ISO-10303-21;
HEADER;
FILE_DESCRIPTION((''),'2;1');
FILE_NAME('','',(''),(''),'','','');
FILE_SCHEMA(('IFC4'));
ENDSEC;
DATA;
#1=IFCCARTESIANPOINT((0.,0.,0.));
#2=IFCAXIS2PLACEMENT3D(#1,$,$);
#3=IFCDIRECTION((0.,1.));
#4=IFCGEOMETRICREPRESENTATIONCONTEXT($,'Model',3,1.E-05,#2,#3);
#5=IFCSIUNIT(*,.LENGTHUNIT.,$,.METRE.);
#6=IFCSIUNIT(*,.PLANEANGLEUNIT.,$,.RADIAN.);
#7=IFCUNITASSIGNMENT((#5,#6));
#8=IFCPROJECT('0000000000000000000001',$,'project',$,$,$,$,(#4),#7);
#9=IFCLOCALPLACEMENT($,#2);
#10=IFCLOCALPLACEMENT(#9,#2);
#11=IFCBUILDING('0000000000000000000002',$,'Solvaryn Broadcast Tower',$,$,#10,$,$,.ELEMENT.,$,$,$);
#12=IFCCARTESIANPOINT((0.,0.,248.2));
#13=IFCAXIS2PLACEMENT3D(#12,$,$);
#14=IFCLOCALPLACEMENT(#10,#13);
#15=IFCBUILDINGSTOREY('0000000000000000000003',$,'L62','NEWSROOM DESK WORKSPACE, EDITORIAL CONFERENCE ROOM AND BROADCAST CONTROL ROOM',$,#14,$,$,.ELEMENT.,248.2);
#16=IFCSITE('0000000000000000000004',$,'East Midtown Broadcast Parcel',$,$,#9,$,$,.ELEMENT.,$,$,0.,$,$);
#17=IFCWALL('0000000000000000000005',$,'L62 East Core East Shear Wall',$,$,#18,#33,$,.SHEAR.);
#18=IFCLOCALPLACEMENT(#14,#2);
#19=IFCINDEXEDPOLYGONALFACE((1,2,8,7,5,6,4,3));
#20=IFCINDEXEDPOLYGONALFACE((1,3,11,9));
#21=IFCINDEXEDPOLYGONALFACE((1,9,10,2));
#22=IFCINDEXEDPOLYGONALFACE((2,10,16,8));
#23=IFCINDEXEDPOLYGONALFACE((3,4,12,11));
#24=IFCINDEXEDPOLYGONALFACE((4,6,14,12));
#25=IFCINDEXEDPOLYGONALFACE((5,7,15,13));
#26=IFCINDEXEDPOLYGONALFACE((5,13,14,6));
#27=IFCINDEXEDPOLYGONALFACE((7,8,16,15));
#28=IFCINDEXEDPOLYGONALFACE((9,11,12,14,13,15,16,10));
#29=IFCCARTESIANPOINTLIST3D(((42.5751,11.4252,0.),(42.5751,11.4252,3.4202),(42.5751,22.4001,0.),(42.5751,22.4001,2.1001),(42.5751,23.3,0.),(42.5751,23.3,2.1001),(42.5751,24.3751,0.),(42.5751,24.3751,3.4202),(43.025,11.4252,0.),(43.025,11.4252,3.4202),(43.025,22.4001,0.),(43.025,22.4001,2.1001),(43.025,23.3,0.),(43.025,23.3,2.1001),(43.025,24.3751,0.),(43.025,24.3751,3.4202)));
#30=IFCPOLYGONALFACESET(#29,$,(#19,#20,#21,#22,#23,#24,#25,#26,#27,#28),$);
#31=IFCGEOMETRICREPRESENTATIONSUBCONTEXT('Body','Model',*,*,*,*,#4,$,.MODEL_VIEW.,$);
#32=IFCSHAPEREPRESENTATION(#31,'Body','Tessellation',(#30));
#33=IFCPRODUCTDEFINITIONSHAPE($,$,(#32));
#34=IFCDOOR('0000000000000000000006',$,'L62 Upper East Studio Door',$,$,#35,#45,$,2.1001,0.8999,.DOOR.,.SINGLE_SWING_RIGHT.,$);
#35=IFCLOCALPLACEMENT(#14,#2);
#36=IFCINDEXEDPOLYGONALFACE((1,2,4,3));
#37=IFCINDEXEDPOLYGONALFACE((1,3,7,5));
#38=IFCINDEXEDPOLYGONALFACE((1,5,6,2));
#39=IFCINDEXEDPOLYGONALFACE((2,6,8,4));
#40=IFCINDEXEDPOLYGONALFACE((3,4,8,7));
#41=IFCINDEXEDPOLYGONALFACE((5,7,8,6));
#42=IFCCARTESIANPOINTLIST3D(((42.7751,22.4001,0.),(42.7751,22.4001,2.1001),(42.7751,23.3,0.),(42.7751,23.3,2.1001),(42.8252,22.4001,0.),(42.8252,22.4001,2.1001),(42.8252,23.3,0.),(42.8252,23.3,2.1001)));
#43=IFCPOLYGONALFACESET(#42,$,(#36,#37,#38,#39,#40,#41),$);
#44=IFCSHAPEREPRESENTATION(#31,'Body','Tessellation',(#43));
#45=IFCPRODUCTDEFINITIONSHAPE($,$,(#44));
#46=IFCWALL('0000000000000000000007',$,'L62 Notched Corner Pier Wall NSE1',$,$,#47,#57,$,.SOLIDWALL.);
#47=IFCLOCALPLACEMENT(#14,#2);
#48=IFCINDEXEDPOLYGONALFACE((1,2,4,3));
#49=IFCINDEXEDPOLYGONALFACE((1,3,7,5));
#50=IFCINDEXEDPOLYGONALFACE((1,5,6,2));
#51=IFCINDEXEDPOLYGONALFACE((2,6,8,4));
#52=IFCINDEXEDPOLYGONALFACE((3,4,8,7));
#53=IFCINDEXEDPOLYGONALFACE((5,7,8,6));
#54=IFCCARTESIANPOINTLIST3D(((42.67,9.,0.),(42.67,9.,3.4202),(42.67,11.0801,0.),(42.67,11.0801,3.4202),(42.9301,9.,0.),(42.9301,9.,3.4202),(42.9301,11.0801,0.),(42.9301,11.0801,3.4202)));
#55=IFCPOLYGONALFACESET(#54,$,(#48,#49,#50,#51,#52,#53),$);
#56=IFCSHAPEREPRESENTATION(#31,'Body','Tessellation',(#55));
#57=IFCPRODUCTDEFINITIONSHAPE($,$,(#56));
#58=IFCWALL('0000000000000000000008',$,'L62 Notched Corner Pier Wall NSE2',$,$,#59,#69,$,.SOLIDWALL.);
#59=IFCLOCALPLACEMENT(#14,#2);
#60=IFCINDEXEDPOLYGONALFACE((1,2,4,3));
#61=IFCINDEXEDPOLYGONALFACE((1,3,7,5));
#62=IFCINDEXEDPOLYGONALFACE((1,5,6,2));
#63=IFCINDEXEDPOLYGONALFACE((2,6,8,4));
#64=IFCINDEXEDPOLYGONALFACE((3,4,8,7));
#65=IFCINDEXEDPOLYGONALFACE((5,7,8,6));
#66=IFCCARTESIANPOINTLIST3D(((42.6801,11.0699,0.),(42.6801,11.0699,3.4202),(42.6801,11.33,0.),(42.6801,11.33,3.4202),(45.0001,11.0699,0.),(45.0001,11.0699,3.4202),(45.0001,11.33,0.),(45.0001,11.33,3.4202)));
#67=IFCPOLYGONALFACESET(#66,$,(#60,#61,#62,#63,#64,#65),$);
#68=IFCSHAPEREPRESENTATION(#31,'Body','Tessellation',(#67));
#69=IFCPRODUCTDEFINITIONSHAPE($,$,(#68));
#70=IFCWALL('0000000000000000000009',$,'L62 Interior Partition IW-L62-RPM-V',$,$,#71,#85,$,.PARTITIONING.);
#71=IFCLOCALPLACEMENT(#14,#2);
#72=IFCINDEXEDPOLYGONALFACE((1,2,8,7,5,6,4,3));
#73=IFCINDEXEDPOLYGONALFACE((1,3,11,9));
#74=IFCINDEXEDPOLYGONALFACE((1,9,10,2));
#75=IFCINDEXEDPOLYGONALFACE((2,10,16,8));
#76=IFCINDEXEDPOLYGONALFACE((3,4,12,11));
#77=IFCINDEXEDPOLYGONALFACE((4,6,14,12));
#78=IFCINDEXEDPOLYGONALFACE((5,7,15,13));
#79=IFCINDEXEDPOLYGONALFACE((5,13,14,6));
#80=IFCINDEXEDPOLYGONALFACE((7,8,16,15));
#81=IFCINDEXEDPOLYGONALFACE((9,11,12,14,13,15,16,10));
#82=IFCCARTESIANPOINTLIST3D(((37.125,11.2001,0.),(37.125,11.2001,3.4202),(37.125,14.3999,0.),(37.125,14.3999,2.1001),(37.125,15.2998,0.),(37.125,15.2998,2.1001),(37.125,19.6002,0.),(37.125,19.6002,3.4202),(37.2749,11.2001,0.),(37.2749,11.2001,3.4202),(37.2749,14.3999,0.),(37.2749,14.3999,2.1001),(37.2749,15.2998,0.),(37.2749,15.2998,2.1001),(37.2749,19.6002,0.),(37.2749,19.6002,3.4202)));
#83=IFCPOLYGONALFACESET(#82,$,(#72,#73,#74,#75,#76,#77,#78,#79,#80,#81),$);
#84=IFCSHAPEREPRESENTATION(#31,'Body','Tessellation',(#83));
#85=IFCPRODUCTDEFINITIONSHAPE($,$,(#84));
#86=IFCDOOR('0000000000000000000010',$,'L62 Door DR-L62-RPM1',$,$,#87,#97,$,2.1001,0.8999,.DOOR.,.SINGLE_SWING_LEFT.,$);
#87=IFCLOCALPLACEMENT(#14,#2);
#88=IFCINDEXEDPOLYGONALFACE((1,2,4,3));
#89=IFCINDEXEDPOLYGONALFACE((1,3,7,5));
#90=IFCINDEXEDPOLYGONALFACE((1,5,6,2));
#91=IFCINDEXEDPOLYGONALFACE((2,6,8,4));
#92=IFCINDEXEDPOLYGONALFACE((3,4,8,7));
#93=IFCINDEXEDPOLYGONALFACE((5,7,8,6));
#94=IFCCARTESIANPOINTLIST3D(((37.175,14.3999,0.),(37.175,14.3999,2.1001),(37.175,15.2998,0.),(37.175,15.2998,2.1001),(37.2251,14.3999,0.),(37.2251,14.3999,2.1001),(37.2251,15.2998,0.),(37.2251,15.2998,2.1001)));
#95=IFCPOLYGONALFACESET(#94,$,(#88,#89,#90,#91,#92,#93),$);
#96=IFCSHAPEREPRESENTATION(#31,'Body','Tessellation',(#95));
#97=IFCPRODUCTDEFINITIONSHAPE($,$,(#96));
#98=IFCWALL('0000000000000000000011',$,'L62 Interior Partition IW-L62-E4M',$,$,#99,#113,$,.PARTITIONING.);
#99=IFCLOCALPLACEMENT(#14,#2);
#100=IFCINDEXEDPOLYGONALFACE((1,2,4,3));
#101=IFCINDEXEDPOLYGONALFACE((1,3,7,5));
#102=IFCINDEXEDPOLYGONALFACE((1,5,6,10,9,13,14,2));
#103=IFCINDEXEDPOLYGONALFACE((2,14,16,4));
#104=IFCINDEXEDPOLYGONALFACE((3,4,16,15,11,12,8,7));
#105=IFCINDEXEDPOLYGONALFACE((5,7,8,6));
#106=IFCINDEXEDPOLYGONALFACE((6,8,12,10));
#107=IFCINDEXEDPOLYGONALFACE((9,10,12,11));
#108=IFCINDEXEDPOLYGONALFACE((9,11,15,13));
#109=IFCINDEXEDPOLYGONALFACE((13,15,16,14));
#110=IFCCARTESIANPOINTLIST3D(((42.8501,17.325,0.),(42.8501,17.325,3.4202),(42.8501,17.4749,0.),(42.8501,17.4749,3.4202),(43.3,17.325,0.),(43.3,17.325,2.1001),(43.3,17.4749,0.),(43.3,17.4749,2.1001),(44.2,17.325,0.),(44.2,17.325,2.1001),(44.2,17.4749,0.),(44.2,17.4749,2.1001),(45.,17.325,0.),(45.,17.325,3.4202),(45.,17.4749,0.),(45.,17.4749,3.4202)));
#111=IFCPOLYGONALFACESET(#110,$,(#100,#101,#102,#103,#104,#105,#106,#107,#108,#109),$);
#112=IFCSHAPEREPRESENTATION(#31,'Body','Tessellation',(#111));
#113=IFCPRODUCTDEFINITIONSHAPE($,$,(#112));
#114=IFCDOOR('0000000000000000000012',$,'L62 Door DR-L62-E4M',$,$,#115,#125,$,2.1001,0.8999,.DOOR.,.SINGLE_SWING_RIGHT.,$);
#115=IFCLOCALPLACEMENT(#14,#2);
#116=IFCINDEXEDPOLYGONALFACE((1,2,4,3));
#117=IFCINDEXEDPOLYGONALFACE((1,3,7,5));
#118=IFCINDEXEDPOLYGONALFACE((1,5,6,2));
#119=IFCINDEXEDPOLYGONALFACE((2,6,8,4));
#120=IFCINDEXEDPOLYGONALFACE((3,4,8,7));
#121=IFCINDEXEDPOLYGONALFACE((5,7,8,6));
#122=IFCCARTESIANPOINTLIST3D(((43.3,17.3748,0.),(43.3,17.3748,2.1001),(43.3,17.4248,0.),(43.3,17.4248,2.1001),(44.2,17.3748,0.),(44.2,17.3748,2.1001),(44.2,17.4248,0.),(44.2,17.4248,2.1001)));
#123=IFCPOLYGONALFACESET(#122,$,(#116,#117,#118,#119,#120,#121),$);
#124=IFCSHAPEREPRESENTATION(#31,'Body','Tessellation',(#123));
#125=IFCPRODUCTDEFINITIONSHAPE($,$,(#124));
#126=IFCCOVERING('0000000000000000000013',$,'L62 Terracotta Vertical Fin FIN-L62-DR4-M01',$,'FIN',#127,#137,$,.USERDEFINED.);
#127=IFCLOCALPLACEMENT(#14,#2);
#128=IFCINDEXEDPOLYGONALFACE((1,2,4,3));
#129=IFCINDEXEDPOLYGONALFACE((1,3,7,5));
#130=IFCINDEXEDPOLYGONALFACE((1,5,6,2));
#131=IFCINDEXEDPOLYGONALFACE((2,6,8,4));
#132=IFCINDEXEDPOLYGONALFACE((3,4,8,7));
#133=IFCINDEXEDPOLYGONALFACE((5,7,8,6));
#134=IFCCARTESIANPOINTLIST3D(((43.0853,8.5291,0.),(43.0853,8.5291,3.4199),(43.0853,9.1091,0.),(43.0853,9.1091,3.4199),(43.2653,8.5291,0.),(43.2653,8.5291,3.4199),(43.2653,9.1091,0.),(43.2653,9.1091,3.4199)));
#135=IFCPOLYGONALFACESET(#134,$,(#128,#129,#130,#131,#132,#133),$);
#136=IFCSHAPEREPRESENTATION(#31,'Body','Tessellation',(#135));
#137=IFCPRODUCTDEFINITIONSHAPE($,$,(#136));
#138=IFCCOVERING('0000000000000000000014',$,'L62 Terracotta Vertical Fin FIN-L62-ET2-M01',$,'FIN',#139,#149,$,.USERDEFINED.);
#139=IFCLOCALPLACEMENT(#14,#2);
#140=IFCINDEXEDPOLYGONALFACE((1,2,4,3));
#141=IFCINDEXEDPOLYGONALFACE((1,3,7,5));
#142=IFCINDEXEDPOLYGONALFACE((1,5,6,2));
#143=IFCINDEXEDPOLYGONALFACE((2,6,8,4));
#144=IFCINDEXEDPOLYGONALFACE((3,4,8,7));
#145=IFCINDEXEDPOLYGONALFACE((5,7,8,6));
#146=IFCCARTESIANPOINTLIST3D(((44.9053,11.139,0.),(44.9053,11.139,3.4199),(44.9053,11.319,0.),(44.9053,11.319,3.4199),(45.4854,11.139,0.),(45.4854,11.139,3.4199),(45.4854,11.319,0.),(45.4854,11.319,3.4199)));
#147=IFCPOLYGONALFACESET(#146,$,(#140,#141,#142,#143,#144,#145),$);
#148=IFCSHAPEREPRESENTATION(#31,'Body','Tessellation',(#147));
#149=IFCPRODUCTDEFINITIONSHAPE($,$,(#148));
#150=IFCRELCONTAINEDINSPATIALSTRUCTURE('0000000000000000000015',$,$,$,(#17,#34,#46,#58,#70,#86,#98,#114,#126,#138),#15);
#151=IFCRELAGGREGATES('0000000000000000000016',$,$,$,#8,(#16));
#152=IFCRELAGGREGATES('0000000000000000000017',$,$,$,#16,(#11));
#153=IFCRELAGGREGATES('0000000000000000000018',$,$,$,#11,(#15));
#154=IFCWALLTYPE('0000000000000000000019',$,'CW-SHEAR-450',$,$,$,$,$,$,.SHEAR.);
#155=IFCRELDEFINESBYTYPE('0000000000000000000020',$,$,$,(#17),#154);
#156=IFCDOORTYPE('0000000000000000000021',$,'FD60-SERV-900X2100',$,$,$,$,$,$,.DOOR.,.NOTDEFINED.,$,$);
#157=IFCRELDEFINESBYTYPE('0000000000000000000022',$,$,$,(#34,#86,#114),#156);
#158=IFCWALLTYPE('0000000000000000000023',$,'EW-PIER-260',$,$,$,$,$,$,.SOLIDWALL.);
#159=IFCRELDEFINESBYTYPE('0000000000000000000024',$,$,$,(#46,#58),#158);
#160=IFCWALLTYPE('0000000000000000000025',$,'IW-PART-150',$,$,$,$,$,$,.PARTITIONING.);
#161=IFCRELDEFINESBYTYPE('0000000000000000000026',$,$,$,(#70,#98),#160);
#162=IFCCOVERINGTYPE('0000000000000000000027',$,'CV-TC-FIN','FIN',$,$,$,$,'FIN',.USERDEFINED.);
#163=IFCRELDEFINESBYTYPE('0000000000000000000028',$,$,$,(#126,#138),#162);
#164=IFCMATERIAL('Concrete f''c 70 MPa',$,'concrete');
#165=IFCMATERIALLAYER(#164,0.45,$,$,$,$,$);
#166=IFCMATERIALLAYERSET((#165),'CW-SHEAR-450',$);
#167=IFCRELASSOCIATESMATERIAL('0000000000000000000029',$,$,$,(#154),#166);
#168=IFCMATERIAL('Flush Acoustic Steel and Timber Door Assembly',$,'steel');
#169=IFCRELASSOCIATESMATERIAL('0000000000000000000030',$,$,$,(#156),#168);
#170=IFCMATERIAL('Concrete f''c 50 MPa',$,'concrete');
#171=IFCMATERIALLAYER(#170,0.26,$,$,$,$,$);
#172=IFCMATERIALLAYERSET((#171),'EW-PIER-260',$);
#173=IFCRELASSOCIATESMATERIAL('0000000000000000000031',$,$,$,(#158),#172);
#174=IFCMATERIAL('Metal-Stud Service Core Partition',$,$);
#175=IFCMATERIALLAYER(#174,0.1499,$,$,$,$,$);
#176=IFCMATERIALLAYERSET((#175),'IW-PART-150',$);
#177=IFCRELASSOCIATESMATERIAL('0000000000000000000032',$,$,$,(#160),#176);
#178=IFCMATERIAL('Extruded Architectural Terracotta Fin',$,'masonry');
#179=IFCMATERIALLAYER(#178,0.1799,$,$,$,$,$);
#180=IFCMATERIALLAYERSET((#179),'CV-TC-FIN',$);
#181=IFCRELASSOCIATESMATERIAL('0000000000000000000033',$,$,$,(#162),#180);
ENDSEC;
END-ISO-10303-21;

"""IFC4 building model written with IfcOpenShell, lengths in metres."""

from ifc_helpers import new_model, si_unit, direction, frame, frame_2d, origin, origin_2d, place, context, subcontext, project, spatial, rectangle, extrude, material, layer, layer_set, type_object, element, fill, save


model = new_model("IFC4")

# Units and contexts
model_context = context("Model", 3, precision=1e-05, world=origin(), true_north=direction((0.0, 1.0)))
body_context = subcontext(model_context, "Body", "Model", "MODEL_VIEW")
ifc_project = project(units=[si_unit("LENGTHUNIT", "METRE"), si_unit("PLANEANGLEUNIT", "RADIAN")], contexts=[model_context])

# Site, building, storey
site_placement = place(None, origin())
site = spatial("IfcSite", under=ifc_project, at=site_placement, Name="East Midtown Broadcast Parcel", CompositionType="ELEMENT", RefElevation=0.0)
building_placement = place(site_placement, origin())
building = spatial("IfcBuilding", under=site, at=building_placement, Name="Solvaryn Broadcast Tower", CompositionType="ELEMENT")
storey_placement = place(building_placement, frame((0.0, 0.0, 248.2)))
storey = spatial("IfcBuildingStorey", under=building, at=storey_placement, Name="L62", Description="NEWSROOM DESK WORKSPACE, EDITORIAL CONFERENCE ROOM AND BROADCAST CONTROL ROOM", CompositionType="ELEMENT", Elevation=248.2)

# Wall, opening, door
ifc_material_1 = material(Name="Concrete f'c 70 MPa", Category="concrete")
ifc_layer_1 = layer(ifc_material_1, 0.45)
ifc_layer_set_1 = layer_set([ifc_layer_1], Name="CW-SHEAR-450")
wall_type_1 = type_object("IfcWallType", Name="CW-SHEAR-450", PredefinedType="SHEAR", material=ifc_layer_set_1)
wall_1_placement = place(storey_placement, frame((42.8, 11.425, 0.0), z_axis=(0.0, 0.0, 1.0), x_axis=(0.0, 1.0, 0.0)))
wall_1 = element("IfcWall", 1, at=wall_1_placement, inside=storey, type_object=wall_type_1, Name="L62 East Core East Shear Wall", PredefinedType="SHEAR", context=body_context, shape_type="SweptSolid", body=[
    extrude(rectangle(XDim=12.95, YDim=0.45, at=frame_2d((6.4751, 0.0))), origin(), (0.0, 0.0, 1.0), 3.4202),
])
opening_1_placement = place(wall_1_placement, frame((10.9751, 0.0, 0.0)))
opening_1 = element("IfcOpeningElement", 2, at=opening_1_placement, cuts=wall_1, PredefinedType="OPENING", context=body_context, shape_type="SweptSolid", body=[
    extrude(rectangle(XDim=0.8999, YDim=2.1001, at=frame_2d((0.45, 1.05))), frame((0.0, 0.2351, 0.0), z_axis=(0.0, -1.0, 0.0), x_axis=(1.0, 0.0, 0.0)), (0.0, 0.0, 1.0), 0.47),
])
ifc_material_2 = material(Name="Flush Acoustic Steel and Timber Door Assembly", Category="steel")
door_type = type_object("IfcDoorType", Name="FD60-SERV-900X2100", OperationType="NOTDEFINED", PredefinedType="DOOR", material=ifc_material_2)
door_1_placement = place(opening_1_placement, origin())
door_1 = element("IfcDoor", 3, at=door_1_placement, inside=storey, type_object=door_type, Name="L62 Upper East Studio Door", OperationType="SINGLE_SWING_RIGHT", OverallHeight=2.1001, OverallWidth=0.8999, PredefinedType="DOOR", context=body_context, shape_type="SweptSolid", body=[
    extrude(rectangle(XDim=0.8999, YDim=2.1001, at=frame_2d((0.45, 1.05))), frame((0.0, 0.0249, 0.0), z_axis=(0.0, -1.0, 0.0), x_axis=(1.0, 0.0, 0.0)), (0.0, 0.0, 1.0), 0.05),
])
fill(opening_1, door_1)

# Walls
ifc_material_3 = material(Name="Concrete f'c 50 MPa", Category="concrete")
ifc_layer_2 = layer(ifc_material_3, 0.26)
ifc_layer_set_2 = layer_set([ifc_layer_2], Name="EW-PIER-260")
wall_type_2 = type_object("IfcWallType", Name="EW-PIER-260", PredefinedType="SOLIDWALL", material=ifc_layer_set_2)
wall_2_placement = place(storey_placement, frame((42.8, 9.0, 0.0), z_axis=(0.0, 0.0, 1.0), x_axis=(0.0, 1.0, 0.0)))
element("IfcWall", 4, at=wall_2_placement, inside=storey, type_object=wall_type_2, Name="L62 Notched Corner Pier Wall NSE1", PredefinedType="SOLIDWALL", context=body_context, shape_type="SweptSolid", body=[
    extrude(rectangle(XDim=2.0801, YDim=0.26, at=frame_2d((1.04, 0.0))), origin(), (0.0, 0.0, 1.0), 3.4202),
])
wall_3_placement = place(storey_placement, frame((42.6799, 11.2, 0.0), z_axis=(0.0, 0.0, 1.0), x_axis=(1.0, 0.0, 0.0)))
element("IfcWall", 5, at=wall_3_placement, inside=storey, type_object=wall_type_2, Name="L62 Notched Corner Pier Wall NSE2", PredefinedType="SOLIDWALL", context=body_context, shape_type="SweptSolid", body=[
    extrude(rectangle(XDim=2.3201, YDim=0.26, at=frame_2d((1.1602, 0.0))), origin(), (0.0, 0.0, 1.0), 3.4202),
])

# Walls, openings, doors
ifc_material_4 = material(Name="Metal-Stud Service Core Partition")
ifc_layer_3 = layer(ifc_material_4, 0.1499)
ifc_layer_set_3 = layer_set([ifc_layer_3], Name="IW-PART-150")
wall_type_3 = type_object("IfcWallType", Name="IW-PART-150", PredefinedType="PARTITIONING", material=ifc_layer_set_3)
wall_4_placement = place(storey_placement, frame((37.2, 11.2, 0.0), z_axis=(0.0, 0.0, 1.0), x_axis=(0.0, 1.0, 0.0)))
wall_4 = element("IfcWall", 6, at=wall_4_placement, inside=storey, type_object=wall_type_3, Name="L62 Interior Partition IW-L62-RPM-V", PredefinedType="PARTITIONING", context=body_context, shape_type="SweptSolid", body=[
    extrude(rectangle(XDim=8.4001, YDim=0.1499, at=frame_2d((4.2002, 0.0))), origin(), (0.0, 0.0, 1.0), 3.4202),
])
opening_2_placement = place(wall_4_placement, frame((3.2, 0.0, 0.0)))
opening_2 = element("IfcOpeningElement", 7, at=opening_2_placement, cuts=wall_4, PredefinedType="OPENING", context=body_context, shape_type="SweptSolid", body=[
    extrude(rectangle(XDim=0.8999, YDim=2.1001, at=frame_2d((0.45, 1.05))), frame((0.0, 0.085, 0.0), z_axis=(0.0, -1.0, 0.0), x_axis=(1.0, 0.0, 0.0)), (0.0, 0.0, 1.0), 0.1699),
])
door_2_placement = place(opening_2_placement, origin())
door_2 = element("IfcDoor", 8, at=door_2_placement, inside=storey, type_object=door_type, Name="L62 Door DR-L62-RPM1", OperationType="SINGLE_SWING_LEFT", OverallHeight=2.1001, OverallWidth=0.8999, PredefinedType="DOOR", context=body_context, shape_type="SweptSolid", body=[
    extrude(rectangle(XDim=0.8999, YDim=2.1001, at=frame_2d((0.45, 1.05))), frame((0.0, 0.0249, 0.0), z_axis=(0.0, -1.0, 0.0), x_axis=(1.0, 0.0, 0.0)), (0.0, 0.0, 1.0), 0.05),
])
fill(opening_2, door_2)
wall_5_placement = place(storey_placement, frame((42.8501, 17.3999, 0.0), z_axis=(0.0, 0.0, 1.0), x_axis=(1.0, 0.0, 0.0)))
wall_5 = element("IfcWall", 9, at=wall_5_placement, inside=storey, type_object=wall_type_3, Name="L62 Interior Partition IW-L62-E4M", PredefinedType="PARTITIONING", context=body_context, shape_type="SweptSolid", body=[
    extrude(rectangle(XDim=2.1499, YDim=0.1499, at=frame_2d((1.075, 0.0))), origin(), (0.0, 0.0, 1.0), 3.4202),
])
opening_3_placement = place(wall_5_placement, frame((0.45, 0.0, 0.0)))
opening_3 = element("IfcOpeningElement", 10, at=opening_3_placement, cuts=wall_5, PredefinedType="OPENING", context=body_context, shape_type="SweptSolid", body=[
    extrude(rectangle(XDim=0.8999, YDim=2.1001, at=frame_2d((0.45, 1.05))), frame((0.0, 0.085, 0.0), z_axis=(0.0, -1.0, 0.0), x_axis=(1.0, 0.0, 0.0)), (0.0, 0.0, 1.0), 0.1699),
])
door_3_placement = place(opening_3_placement, origin())
door_3 = element("IfcDoor", 11, at=door_3_placement, inside=storey, type_object=door_type, Name="L62 Door DR-L62-E4M", OperationType="SINGLE_SWING_RIGHT", OverallHeight=2.1001, OverallWidth=0.8999, PredefinedType="DOOR", context=body_context, shape_type="SweptSolid", body=[
    extrude(rectangle(XDim=0.8999, YDim=2.1001, at=frame_2d((0.45, 1.05))), frame((0.0, 0.0249, 0.0), z_axis=(0.0, -1.0, 0.0), x_axis=(1.0, 0.0, 0.0)), (0.0, 0.0, 1.0), 0.05),
])
fill(opening_3, door_3)

# Coverings
ifc_material_5 = material(Name="Extruded Architectural Terracotta Fin", Category="masonry")
ifc_layer_4 = layer(ifc_material_5, 0.1799)
ifc_layer_set_4 = layer_set([ifc_layer_4], Name="CV-TC-FIN")
covering_type = type_object("IfcCoveringType", Name="CV-TC-FIN", Description="FIN", ElementType="FIN", PredefinedType="USERDEFINED", material=ifc_layer_set_4)
covering_1_placement = place(storey_placement, frame((43.1753, 8.8191, 0.0), z_axis=(0.0, 0.0, 1.0), x_axis=(1.0, 0.0, 0.0)))
element("IfcCovering", 12, at=covering_1_placement, inside=storey, type_object=covering_type, Name="L62 Terracotta Vertical Fin FIN-L62-DR4-M01", ObjectType="FIN", PredefinedType="USERDEFINED", context=body_context, shape_type="SweptSolid", body=[
    extrude(rectangle(XDim=0.1799, YDim=0.5801, at=origin_2d()), origin(), (0.0, 0.0, 1.0), 3.4199),
])
covering_2_placement = place(storey_placement, frame((45.1953, 11.229, 0.0), z_axis=(0.0, 0.0, 1.0), x_axis=(1.0, 0.0, 0.0)))
element("IfcCovering", 13, at=covering_2_placement, inside=storey, type_object=covering_type, Name="L62 Terracotta Vertical Fin FIN-L62-ET2-M01", ObjectType="FIN", PredefinedType="USERDEFINED", context=body_context, shape_type="SweptSolid", body=[
    extrude(rectangle(XDim=0.5801, YDim=0.1799, at=origin_2d()), origin(), (0.0, 0.0, 1.0), 3.4199),
])

save(model, "model.ifc")
